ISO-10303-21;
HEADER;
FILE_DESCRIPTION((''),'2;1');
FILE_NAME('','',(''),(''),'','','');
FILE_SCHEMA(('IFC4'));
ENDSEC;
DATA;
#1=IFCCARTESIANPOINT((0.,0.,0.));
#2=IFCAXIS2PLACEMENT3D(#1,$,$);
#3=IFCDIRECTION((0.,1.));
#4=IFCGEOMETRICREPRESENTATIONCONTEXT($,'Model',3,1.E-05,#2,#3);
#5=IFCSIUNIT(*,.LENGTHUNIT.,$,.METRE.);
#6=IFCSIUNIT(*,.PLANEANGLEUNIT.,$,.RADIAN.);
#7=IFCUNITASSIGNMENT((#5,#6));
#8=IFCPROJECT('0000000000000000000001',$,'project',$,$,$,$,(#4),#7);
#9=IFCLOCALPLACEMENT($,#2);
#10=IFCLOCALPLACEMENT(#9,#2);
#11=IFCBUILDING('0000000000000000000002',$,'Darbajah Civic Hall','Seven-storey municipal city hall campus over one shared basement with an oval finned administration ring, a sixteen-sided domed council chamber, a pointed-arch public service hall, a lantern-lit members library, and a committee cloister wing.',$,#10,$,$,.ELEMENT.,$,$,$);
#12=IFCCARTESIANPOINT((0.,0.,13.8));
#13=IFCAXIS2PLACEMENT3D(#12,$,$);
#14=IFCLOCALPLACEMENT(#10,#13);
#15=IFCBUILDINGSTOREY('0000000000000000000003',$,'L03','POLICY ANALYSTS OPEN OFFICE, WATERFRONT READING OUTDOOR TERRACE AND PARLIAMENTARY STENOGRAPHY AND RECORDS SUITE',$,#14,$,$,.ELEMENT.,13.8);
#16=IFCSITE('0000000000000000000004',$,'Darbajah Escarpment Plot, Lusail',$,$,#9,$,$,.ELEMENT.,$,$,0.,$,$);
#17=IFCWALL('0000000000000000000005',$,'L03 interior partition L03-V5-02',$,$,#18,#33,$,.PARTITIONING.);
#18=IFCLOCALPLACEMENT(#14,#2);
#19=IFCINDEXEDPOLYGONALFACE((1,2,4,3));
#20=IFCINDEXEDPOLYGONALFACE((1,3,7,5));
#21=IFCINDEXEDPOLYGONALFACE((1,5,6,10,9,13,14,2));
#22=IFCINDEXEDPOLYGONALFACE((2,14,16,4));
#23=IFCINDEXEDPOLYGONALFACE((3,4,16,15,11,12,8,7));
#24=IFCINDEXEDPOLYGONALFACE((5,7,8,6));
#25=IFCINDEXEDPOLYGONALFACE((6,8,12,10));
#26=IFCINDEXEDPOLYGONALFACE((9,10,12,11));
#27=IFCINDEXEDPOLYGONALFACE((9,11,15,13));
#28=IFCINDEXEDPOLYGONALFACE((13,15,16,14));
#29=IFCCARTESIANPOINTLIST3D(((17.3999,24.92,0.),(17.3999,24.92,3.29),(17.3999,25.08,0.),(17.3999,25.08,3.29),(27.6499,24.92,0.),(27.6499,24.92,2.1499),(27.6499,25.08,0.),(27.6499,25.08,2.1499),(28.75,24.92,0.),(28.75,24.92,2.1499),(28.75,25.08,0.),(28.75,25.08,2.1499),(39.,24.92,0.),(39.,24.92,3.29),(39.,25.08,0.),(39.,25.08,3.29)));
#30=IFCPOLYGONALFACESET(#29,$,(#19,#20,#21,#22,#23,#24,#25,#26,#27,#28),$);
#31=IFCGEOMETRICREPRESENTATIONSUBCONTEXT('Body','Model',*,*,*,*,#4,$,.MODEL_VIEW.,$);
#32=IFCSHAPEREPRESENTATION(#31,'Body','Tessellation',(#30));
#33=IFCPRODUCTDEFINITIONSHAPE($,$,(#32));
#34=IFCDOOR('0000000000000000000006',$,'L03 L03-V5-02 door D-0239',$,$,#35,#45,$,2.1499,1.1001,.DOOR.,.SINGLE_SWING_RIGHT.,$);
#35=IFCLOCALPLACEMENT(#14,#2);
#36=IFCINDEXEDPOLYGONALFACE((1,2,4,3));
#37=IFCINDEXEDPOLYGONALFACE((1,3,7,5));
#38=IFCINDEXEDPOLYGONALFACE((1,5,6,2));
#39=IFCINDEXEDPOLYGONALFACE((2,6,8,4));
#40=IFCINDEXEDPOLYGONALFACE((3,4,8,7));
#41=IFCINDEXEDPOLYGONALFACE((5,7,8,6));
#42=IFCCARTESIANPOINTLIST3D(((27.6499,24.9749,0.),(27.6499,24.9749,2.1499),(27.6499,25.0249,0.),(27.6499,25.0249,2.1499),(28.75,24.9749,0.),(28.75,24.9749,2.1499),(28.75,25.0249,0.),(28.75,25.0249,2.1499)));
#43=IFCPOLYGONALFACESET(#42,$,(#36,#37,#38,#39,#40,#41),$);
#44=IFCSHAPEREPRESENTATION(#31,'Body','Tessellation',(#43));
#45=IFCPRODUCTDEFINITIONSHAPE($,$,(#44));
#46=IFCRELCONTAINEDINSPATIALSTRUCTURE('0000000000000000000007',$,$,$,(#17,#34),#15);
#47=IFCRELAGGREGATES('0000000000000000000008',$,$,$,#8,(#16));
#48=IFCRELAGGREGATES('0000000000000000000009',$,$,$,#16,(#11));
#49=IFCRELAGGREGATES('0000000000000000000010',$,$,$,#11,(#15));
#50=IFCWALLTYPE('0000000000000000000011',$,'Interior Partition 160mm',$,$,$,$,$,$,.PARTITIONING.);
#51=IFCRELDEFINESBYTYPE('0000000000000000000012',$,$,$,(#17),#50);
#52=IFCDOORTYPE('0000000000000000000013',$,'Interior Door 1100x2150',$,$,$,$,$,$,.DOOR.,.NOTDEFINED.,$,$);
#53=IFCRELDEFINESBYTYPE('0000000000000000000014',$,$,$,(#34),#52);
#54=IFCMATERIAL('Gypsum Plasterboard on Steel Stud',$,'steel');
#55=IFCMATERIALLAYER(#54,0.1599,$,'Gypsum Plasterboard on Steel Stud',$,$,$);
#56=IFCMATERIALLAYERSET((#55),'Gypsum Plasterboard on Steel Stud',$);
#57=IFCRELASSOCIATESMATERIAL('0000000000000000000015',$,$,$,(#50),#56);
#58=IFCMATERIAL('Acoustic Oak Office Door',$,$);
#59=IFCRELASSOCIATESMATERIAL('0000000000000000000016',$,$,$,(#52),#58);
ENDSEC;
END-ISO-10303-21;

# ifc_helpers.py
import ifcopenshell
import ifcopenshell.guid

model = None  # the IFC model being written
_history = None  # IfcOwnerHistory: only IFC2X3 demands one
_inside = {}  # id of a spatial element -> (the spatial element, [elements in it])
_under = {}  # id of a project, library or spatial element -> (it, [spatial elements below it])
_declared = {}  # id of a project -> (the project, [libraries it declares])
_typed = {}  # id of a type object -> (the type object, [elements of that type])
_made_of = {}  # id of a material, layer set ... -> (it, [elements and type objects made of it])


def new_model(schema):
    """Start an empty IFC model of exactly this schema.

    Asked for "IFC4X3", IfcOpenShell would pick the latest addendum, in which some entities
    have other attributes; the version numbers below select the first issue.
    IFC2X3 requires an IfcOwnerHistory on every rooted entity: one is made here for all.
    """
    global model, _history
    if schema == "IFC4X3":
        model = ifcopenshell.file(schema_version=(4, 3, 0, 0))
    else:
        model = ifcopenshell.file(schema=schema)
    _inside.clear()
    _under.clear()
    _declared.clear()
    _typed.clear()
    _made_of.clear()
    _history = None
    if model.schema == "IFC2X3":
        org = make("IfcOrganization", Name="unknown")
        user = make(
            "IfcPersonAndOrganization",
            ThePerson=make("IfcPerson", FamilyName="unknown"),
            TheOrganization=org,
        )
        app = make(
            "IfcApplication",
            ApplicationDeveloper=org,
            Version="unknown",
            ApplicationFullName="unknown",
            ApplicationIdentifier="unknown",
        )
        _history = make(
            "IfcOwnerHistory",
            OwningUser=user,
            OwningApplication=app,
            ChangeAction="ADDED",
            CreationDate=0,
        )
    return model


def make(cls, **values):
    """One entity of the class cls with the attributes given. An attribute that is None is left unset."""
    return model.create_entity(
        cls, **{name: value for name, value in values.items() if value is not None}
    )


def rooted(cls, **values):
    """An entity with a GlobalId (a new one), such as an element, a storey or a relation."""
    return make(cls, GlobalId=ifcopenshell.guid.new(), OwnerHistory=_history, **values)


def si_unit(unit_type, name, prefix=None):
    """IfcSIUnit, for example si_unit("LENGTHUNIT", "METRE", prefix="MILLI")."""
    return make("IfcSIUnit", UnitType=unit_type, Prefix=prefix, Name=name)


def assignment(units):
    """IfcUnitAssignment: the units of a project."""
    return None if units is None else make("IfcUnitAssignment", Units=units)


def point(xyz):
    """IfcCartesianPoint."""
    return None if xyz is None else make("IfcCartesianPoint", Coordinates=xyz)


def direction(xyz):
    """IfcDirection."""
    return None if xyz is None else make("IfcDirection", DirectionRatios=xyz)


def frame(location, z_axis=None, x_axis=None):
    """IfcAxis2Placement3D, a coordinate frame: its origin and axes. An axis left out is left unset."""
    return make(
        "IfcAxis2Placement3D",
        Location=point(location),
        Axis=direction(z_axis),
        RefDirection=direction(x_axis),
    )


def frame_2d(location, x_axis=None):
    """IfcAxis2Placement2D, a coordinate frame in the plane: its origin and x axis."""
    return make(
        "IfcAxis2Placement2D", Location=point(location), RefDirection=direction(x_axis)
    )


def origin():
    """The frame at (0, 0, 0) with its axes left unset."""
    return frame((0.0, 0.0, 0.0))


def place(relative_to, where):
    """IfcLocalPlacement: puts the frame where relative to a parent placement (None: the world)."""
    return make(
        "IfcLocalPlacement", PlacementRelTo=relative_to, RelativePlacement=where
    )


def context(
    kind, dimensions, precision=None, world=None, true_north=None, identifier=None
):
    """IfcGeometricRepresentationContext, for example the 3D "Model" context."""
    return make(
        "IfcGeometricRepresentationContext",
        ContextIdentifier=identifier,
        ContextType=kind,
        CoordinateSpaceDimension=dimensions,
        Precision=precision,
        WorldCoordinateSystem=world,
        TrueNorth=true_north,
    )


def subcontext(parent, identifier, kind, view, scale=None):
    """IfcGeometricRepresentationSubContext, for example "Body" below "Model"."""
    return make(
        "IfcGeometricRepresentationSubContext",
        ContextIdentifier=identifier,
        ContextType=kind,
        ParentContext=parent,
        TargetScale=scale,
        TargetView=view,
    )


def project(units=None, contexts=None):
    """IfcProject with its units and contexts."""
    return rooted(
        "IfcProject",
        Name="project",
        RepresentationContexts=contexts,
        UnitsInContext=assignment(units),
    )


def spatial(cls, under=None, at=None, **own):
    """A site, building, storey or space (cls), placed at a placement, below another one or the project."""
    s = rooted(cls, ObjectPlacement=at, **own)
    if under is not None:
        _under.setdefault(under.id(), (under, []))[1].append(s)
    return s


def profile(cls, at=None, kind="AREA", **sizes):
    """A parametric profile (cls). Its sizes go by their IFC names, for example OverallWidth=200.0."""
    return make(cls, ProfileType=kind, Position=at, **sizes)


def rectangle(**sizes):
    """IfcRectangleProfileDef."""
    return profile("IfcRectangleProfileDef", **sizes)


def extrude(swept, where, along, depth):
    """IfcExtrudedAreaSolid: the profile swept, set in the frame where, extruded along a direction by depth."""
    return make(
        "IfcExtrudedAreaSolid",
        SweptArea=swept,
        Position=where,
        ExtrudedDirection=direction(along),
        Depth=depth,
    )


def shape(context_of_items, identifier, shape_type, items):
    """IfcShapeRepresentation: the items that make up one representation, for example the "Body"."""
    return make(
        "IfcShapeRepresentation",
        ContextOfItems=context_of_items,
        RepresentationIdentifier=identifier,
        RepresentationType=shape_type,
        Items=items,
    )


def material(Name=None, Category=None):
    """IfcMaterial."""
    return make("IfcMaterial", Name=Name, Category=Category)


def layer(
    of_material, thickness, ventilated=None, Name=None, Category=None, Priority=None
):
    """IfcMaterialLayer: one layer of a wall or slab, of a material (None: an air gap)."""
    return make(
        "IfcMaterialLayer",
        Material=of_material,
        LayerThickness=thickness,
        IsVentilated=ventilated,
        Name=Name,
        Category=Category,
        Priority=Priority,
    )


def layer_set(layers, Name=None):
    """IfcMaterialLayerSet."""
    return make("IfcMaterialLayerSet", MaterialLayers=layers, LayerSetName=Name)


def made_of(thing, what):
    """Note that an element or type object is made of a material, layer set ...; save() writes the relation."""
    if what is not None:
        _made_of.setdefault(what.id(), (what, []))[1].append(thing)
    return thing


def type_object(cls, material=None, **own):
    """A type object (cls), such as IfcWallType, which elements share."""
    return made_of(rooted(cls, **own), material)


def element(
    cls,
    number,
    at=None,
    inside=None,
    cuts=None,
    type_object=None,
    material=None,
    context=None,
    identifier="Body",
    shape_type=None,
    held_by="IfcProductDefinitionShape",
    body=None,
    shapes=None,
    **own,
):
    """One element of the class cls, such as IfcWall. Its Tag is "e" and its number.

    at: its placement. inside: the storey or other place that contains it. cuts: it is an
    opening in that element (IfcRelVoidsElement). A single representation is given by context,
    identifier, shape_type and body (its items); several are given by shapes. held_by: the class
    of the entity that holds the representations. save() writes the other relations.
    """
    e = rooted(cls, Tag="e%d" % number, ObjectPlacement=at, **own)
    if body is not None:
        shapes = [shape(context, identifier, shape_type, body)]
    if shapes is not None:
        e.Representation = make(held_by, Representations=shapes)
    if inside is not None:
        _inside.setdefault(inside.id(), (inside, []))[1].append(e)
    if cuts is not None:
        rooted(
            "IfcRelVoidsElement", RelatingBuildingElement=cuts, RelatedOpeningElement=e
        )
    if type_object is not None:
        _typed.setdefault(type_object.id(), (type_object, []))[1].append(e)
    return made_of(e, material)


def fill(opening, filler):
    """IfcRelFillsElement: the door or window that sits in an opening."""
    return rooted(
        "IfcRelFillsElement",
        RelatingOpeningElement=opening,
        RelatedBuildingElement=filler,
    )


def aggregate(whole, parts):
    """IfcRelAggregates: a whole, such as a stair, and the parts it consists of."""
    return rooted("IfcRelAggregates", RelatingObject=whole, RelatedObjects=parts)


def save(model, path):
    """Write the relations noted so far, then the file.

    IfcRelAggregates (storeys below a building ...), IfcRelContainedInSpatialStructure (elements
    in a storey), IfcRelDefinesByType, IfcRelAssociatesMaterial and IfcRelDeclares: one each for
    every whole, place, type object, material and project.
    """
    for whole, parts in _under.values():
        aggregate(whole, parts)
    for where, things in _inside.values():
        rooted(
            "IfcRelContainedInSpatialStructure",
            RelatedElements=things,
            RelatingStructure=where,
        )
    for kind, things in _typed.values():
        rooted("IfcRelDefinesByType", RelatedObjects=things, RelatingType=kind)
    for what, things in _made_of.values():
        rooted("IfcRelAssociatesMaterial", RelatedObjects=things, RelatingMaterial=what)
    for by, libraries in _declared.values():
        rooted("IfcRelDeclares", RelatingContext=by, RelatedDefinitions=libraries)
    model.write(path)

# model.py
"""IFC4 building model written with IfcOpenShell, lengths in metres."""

from ifc_helpers import new_model, si_unit, direction, frame, frame_2d, origin, place, context, subcontext, project, spatial, rectangle, extrude, material, layer, layer_set, type_object, element, fill, save


model = new_model("IFC4")

# Units and contexts
model_context = context("Model", 3, precision=1e-05, world=origin(), true_north=direction((0.0, 1.0)))
body_context = subcontext(model_context, "Body", "Model", "MODEL_VIEW")
ifc_project = project(units=[si_unit("LENGTHUNIT", "METRE"), si_unit("PLANEANGLEUNIT", "RADIAN")], contexts=[model_context])

# Site, building, storey
site_placement = place(None, origin())
site = spatial("IfcSite", under=ifc_project, at=site_placement, Name="Darbajah Escarpment Plot, Lusail", CompositionType="ELEMENT", RefElevation=0.0)
building_placement = place(site_placement, origin())
building = spatial("IfcBuilding", under=site, at=building_placement, Name="Darbajah Civic Hall", Description="Seven-storey municipal city hall campus over one shared basement with an oval finned administration ring, a sixteen-sided domed council chamber, a pointed-arch public service hall, a lantern-lit members library, and a committee cloister wing.", CompositionType="ELEMENT")
storey_placement = place(building_placement, frame((0.0, 0.0, 13.8)))
storey = spatial("IfcBuildingStorey", under=building, at=storey_placement, Name="L03", Description="POLICY ANALYSTS OPEN OFFICE, WATERFRONT READING OUTDOOR TERRACE AND PARLIAMENTARY STENOGRAPHY AND RECORDS SUITE", CompositionType="ELEMENT", Elevation=13.8)

# Wall, opening, door
ifc_material_1 = material(Name="Gypsum Plasterboard on Steel Stud", Category="steel")
ifc_layer_1 = layer(ifc_material_1, 0.1599, Name="Gypsum Plasterboard on Steel Stud")
ifc_layer_set_1 = layer_set([ifc_layer_1], Name="Gypsum Plasterboard on Steel Stud")
wall_type_1 = type_object("IfcWallType", Name="Interior Partition 160mm", PredefinedType="PARTITIONING", material=ifc_layer_set_1)
wall_1_placement = place(storey_placement, frame((17.3999, 25.0, 0.0), z_axis=(0.0, 0.0, 1.0), x_axis=(1.0, 0.0, 0.0)))
wall_1 = element("IfcWall", 1, at=wall_1_placement, inside=storey, type_object=wall_type_1, Name="L03 interior partition L03-V5-02", PredefinedType="PARTITIONING", context=body_context, shape_type="SweptSolid", body=[
    extrude(rectangle(XDim=21.6001, YDim=0.1599, at=frame_2d((10.8, 0.0))), origin(), (0.0, 0.0, 1.0), 3.29),
])
opening_1_placement = place(wall_1_placement, frame((10.25, 0.0, 0.0)))
opening_1 = element("IfcOpeningElement", 2, at=opening_1_placement, cuts=wall_1, PredefinedType="OPENING", context=body_context, shape_type="SweptSolid", body=[
    extrude(rectangle(XDim=1.1001, YDim=2.1499, at=frame_2d((0.55, 1.075))), frame((0.0, 0.0898, 0.0), z_axis=(0.0, -1.0, 0.0), x_axis=(1.0, 0.0, 0.0)), (0.0, 0.0, 1.0), 0.1799),
])
ifc_material_2 = material(Name="Acoustic Oak Office Door")
door_type_1 = type_object("IfcDoorType", Name="Interior Door 1100x2150", OperationType="NOTDEFINED", PredefinedType="DOOR", material=ifc_material_2)
door_1_placement = place(opening_1_placement, origin())
door_1 = element("IfcDoor", 3, at=door_1_placement, inside=storey, type_object=door_type_1, Name="L03 L03-V5-02 door D-0239", OperationType="SINGLE_SWING_RIGHT", OverallHeight=2.1499, OverallWidth=1.1001, PredefinedType="DOOR", context=body_context, shape_type="SweptSolid", body=[
    extrude(rectangle(XDim=1.1001, YDim=2.1499, at=frame_2d((0.55, 1.075))), frame((0.0, 0.0249, 0.0), z_axis=(0.0, -1.0, 0.0), x_axis=(1.0, 0.0, 0.0)), (0.0, 0.0, 1.0), 0.05),
])
fill(opening_1, door_1)

save(model, "model.ifc")
